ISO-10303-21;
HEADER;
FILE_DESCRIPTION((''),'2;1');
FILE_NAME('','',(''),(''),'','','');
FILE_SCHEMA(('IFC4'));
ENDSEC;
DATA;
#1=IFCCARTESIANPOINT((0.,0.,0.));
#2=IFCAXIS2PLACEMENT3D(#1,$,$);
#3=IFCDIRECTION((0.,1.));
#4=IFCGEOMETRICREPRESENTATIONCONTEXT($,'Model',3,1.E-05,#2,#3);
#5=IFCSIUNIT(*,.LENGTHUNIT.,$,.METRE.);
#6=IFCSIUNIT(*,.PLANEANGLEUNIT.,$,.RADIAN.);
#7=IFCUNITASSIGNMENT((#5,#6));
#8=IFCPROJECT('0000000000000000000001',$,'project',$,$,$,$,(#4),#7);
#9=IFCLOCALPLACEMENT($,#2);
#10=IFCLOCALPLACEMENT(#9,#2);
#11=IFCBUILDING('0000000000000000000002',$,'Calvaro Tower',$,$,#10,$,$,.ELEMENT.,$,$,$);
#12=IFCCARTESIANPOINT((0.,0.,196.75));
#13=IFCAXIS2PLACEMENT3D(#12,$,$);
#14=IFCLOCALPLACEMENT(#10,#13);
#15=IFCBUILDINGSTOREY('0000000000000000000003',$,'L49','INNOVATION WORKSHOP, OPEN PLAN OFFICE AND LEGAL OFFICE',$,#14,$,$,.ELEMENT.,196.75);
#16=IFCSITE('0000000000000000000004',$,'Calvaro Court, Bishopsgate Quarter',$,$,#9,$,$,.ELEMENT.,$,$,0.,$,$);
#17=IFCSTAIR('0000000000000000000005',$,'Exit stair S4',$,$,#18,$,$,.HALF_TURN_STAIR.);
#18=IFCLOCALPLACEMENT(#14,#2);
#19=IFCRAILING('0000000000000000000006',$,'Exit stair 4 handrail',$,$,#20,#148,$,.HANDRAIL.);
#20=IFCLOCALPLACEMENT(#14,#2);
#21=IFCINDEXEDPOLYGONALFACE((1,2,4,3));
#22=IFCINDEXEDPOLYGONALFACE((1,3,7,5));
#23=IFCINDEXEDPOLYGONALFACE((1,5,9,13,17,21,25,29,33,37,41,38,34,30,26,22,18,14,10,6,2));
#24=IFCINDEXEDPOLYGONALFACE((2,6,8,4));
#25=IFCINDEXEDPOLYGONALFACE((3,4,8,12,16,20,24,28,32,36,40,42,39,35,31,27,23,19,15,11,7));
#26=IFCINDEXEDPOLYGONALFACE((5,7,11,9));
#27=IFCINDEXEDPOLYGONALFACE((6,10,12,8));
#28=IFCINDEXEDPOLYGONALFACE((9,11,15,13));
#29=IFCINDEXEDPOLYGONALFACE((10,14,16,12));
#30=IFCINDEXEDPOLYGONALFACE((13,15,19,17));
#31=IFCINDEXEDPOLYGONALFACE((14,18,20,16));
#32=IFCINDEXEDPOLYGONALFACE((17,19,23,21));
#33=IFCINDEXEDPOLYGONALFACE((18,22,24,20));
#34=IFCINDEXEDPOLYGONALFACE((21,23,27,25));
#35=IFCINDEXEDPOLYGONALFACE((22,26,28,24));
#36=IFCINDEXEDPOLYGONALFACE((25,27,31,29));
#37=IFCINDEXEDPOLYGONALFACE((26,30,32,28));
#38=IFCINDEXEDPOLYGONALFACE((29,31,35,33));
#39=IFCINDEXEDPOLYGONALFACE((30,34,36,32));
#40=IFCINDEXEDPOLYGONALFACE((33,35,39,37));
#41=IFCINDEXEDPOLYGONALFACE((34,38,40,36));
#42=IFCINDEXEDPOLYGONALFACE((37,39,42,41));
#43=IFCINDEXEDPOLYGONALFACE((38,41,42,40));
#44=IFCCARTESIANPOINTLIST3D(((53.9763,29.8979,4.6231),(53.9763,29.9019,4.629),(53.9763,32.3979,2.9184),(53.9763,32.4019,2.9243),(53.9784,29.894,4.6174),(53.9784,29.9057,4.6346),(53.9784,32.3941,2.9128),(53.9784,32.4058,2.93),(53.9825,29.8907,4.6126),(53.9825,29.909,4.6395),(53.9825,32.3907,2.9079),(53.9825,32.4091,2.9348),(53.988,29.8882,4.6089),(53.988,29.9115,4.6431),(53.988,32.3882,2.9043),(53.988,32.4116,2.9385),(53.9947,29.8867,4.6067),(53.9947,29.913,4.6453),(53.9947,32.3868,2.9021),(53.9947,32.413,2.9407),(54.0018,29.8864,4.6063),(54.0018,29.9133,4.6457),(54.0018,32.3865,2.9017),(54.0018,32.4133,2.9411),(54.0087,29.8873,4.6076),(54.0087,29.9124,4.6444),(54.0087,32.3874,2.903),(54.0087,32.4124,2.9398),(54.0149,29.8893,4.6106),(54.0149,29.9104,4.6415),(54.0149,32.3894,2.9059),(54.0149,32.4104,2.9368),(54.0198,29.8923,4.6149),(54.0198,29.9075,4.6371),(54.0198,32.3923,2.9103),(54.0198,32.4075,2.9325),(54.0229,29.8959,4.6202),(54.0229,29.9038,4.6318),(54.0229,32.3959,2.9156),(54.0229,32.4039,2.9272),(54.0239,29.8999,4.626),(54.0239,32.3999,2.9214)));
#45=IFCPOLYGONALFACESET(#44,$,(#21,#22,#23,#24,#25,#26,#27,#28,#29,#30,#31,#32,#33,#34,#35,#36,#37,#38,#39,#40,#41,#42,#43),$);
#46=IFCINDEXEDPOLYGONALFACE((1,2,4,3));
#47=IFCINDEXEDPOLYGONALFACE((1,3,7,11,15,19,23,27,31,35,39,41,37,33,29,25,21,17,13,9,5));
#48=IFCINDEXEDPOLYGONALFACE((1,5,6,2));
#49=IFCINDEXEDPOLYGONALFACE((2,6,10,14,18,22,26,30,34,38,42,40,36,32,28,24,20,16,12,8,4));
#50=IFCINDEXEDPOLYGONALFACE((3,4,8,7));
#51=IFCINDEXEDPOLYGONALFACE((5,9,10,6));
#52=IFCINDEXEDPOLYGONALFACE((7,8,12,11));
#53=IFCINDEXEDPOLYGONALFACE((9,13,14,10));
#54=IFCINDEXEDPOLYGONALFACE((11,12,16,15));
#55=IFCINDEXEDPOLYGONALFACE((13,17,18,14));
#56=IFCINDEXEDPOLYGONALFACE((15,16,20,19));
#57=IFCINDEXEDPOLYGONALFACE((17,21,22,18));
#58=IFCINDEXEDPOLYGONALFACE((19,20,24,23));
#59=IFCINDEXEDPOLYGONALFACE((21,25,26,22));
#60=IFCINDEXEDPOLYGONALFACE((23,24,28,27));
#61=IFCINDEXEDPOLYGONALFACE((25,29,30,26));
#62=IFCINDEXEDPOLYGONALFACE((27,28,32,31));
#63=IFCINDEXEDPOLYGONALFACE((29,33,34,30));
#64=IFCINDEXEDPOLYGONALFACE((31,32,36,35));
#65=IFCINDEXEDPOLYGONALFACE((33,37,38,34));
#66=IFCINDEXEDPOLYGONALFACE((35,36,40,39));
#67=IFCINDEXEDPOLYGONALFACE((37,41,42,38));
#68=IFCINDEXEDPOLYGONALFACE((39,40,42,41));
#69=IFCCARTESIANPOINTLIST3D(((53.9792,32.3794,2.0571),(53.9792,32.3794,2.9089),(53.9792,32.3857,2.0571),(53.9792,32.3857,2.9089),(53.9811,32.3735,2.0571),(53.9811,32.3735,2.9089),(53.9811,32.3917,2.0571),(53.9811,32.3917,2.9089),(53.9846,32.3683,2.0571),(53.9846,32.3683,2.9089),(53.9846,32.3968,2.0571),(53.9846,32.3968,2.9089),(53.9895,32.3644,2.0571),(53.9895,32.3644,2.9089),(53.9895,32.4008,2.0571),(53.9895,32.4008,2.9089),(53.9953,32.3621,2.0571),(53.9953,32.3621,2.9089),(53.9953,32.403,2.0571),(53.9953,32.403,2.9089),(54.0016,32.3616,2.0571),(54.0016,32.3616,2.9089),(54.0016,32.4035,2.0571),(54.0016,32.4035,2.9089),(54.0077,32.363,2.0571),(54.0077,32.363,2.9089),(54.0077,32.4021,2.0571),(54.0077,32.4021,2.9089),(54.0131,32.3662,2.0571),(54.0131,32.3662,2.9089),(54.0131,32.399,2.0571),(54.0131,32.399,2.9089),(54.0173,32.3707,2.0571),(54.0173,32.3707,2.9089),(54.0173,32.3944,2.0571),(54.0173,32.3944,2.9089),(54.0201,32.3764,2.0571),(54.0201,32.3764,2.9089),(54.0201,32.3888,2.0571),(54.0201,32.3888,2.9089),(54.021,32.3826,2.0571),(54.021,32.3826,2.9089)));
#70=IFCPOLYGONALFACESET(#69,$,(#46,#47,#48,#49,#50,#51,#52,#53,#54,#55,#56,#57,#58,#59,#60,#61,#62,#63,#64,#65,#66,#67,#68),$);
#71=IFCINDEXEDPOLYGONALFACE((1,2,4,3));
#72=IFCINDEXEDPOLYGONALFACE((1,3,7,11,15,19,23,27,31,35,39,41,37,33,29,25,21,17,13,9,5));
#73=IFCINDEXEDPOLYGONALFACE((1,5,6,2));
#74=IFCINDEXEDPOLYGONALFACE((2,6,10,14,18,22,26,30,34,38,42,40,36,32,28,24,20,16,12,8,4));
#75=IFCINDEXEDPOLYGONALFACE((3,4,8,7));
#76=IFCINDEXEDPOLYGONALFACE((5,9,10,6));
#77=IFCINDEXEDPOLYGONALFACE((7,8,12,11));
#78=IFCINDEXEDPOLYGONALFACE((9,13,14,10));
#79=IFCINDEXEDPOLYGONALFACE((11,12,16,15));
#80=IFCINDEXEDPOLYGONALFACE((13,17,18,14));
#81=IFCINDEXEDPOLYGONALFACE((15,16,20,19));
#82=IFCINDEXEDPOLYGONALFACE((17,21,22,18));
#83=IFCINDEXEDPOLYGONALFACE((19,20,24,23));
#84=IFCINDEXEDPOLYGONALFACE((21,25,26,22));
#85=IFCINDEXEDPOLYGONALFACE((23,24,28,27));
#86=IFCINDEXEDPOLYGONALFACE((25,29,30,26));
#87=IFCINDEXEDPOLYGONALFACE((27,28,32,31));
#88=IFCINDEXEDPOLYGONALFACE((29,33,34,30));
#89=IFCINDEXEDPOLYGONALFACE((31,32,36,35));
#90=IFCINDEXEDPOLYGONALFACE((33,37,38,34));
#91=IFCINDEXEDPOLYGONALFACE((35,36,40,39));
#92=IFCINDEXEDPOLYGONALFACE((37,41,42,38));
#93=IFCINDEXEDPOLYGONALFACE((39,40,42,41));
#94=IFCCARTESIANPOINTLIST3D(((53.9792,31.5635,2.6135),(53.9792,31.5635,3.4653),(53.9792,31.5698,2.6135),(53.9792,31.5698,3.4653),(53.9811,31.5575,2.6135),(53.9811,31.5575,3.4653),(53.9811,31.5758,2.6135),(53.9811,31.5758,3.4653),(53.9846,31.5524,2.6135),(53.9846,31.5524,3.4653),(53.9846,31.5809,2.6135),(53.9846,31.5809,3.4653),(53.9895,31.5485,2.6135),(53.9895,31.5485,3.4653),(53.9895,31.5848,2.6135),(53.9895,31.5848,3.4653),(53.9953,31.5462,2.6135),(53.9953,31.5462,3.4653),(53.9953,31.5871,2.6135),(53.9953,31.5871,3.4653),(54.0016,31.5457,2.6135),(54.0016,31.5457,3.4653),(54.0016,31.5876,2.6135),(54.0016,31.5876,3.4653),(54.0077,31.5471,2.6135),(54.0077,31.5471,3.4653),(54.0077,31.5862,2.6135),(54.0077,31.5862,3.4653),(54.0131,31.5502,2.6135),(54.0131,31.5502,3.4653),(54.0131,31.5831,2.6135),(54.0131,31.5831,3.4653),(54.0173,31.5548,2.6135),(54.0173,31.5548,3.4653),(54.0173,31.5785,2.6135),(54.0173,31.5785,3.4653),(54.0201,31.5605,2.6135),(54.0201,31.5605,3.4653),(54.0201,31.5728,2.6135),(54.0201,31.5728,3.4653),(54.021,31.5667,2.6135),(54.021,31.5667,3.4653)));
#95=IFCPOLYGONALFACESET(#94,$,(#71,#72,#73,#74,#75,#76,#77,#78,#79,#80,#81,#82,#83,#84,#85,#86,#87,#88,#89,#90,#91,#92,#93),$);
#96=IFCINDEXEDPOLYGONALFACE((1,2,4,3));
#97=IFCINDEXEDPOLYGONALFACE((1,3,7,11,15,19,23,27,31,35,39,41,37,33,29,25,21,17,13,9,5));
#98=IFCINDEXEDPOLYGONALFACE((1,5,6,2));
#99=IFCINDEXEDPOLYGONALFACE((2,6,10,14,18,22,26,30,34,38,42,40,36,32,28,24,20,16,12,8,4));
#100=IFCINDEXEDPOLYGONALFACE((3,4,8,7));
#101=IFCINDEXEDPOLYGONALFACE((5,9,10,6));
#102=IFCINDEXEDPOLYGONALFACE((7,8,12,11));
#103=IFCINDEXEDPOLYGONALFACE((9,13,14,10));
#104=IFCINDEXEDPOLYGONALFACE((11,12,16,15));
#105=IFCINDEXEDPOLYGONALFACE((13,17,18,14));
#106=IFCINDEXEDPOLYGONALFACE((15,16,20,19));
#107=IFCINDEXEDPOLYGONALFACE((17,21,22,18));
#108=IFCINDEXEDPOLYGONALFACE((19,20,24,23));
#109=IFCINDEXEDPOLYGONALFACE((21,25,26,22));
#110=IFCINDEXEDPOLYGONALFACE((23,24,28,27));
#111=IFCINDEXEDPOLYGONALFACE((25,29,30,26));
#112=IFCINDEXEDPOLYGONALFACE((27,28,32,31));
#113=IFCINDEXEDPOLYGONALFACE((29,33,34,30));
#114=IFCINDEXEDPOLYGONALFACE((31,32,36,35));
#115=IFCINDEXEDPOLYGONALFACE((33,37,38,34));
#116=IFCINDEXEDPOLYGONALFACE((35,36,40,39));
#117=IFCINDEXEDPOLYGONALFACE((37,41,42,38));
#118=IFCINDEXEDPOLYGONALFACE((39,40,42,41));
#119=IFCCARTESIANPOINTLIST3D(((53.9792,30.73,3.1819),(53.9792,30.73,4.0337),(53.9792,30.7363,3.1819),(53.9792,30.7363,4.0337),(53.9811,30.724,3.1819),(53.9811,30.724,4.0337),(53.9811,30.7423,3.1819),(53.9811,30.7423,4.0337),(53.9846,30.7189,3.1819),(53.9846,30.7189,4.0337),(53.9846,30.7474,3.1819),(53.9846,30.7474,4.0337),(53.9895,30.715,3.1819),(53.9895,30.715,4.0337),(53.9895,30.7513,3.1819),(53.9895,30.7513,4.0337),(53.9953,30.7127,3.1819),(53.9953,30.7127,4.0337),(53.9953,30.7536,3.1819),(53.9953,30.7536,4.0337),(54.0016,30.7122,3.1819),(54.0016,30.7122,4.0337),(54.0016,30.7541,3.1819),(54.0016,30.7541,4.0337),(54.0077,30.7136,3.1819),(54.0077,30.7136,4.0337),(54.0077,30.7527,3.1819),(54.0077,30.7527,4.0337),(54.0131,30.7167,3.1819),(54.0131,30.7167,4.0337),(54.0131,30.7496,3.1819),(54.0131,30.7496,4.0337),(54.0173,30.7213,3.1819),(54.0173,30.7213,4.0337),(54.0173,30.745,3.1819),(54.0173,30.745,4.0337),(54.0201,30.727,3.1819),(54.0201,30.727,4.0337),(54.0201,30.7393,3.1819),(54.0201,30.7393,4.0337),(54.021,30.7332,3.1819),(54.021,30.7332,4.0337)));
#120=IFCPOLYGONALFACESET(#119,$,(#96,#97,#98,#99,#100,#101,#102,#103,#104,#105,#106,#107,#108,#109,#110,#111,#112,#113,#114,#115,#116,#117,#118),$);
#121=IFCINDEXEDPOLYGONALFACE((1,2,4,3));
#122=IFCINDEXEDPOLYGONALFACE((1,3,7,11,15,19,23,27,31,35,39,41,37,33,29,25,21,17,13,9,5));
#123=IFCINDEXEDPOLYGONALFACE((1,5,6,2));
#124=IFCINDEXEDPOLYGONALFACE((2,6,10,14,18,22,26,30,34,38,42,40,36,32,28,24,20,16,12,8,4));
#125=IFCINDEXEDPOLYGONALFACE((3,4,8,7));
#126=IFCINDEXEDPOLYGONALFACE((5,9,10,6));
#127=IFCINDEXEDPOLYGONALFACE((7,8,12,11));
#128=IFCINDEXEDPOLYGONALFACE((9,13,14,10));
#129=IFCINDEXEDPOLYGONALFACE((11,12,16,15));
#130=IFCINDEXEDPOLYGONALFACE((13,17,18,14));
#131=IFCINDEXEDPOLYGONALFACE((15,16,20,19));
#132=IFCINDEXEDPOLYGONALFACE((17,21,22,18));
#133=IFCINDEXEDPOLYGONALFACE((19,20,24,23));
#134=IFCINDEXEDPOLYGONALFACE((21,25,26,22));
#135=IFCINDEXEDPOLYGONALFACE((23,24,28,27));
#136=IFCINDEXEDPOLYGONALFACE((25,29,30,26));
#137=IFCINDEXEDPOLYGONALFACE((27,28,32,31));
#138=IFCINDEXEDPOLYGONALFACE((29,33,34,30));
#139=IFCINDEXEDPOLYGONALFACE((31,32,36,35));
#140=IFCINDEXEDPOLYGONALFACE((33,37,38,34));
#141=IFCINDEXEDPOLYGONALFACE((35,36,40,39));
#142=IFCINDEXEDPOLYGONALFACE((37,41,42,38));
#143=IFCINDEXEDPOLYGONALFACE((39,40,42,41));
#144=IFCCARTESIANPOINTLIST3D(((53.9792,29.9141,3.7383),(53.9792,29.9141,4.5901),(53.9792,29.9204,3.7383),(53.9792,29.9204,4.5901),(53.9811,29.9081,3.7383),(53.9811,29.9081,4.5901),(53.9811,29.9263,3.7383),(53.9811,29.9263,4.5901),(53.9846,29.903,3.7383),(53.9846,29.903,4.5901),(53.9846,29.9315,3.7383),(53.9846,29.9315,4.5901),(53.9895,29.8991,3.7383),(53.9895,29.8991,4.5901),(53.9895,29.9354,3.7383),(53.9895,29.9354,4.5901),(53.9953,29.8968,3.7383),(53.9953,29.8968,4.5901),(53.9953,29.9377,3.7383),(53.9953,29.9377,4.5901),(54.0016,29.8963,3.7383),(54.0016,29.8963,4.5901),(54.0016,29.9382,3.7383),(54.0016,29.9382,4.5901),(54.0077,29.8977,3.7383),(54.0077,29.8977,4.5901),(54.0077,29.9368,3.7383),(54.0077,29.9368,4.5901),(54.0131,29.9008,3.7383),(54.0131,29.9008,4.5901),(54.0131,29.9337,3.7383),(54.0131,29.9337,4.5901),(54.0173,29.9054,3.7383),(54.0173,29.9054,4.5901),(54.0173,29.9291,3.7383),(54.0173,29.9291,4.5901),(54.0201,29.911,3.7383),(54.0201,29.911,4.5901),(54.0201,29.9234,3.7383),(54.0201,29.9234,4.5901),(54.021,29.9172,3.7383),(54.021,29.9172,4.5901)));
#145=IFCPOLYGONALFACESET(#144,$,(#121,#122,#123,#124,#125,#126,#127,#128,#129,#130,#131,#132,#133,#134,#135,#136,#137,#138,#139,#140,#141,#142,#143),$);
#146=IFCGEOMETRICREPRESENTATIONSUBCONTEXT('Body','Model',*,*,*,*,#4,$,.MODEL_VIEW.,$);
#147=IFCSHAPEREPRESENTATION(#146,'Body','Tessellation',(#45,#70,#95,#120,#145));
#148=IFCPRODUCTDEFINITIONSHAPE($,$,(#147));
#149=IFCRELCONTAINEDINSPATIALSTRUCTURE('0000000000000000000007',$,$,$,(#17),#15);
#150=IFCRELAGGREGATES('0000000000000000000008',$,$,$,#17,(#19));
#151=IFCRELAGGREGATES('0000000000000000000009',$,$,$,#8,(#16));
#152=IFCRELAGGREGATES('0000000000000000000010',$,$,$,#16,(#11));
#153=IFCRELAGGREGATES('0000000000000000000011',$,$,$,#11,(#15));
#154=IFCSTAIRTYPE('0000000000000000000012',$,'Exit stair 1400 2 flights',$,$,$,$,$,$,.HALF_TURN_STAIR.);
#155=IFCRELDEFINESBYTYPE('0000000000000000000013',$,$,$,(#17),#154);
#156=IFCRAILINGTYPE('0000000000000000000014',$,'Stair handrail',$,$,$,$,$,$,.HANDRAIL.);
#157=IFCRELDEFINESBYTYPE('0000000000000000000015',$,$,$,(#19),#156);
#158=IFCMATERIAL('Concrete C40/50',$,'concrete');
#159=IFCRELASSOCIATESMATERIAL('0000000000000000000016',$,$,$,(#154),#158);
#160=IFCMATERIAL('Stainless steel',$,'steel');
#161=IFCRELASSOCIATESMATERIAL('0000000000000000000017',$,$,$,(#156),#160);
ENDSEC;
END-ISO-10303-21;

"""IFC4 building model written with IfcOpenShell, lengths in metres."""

from ifc_helpers import new_model, si_unit, direction, frame, origin, origin_2d, place, context, subcontext, project, spatial, circle, extrude, material, type_object, element, aggregate, save


model = new_model("IFC4")

# Units and contexts
model_context = context("Model", 3, precision=1e-05, world=origin(), true_north=direction((0.0, 1.0)))
body_context = subcontext(model_context, "Body", "Model", "MODEL_VIEW")
ifc_project = project(units=[si_unit("LENGTHUNIT", "METRE"), si_unit("PLANEANGLEUNIT", "RADIAN")], contexts=[model_context])

# Site, building, storey
site_placement = place(None, origin())
site = spatial("IfcSite", under=ifc_project, at=site_placement, Name="Calvaro Court, Bishopsgate Quarter", CompositionType="ELEMENT", RefElevation=0.0)
building_placement = place(site_placement, origin())
building = spatial("IfcBuilding", under=site, at=building_placement, Name="Calvaro Tower", CompositionType="ELEMENT")
storey_placement = place(building_placement, frame((0.0, 0.0, 196.75)))
storey = spatial("IfcBuildingStorey", under=building, at=storey_placement, Name="L49", Description="INNOVATION WORKSHOP, OPEN PLAN OFFICE AND LEGAL OFFICE", CompositionType="ELEMENT", Elevation=196.75)

# Stair
ifc_material_1 = material(Name="Concrete C40/50", Category="concrete")
stair_type = type_object("IfcStairType", Name="Exit stair 1400 2 flights", PredefinedType="HALF_TURN_STAIR", material=ifc_material_1)
stair_1_placement = place(storey_placement, origin())
stair_1 = element("IfcStair", 1, at=stair_1_placement, inside=storey, type_object=stair_type, Name="Exit stair S4", PredefinedType="HALF_TURN_STAIR")

# Railing
ifc_material_2 = material(Name="Stainless steel", Category="steel")
railing_type = type_object("IfcRailingType", Name="Stair handrail", PredefinedType="HANDRAIL", material=ifc_material_2)
railing_1_placement = place(storey_placement, frame((54.0, 32.3999, 2.0454)))
railing_1 = element("IfcRailing", 2, at=railing_1_placement, type_object=railing_type, Name="Exit stair 4 handrail", PredefinedType="HANDRAIL", context=body_context, shape_type="SweptSolid", body=[
    extrude(circle(Radius=0.0239, at=origin_2d()), frame((0.0, 0.0, 0.876), z_axis=(0.0, -0.826221, 0.563347), x_axis=(1.0, 0.0, 0.0)), (0.0, 0.0, 1.0), 3.0259),
    extrude(circle(Radius=0.021, at=origin_2d()), frame((0.0, -0.0173, 0.0117)), (0.0, 0.0, 1.0), 0.8518),
    extrude(circle(Radius=0.021, at=origin_2d()), frame((0.0, -0.8333, 0.5681)), (0.0, 0.0, 1.0), 0.8518),
    extrude(circle(Radius=0.021, at=origin_2d()), frame((0.0, -1.6667, 1.1365)), (0.0, 0.0, 1.0), 0.8518),
    extrude(circle(Radius=0.021, at=origin_2d()), frame((0.0, -2.4827, 1.6929)), (0.0, 0.0, 1.0), 0.8518),
])
aggregate(stair_1, [railing_1])

save(model, "model.ifc")
